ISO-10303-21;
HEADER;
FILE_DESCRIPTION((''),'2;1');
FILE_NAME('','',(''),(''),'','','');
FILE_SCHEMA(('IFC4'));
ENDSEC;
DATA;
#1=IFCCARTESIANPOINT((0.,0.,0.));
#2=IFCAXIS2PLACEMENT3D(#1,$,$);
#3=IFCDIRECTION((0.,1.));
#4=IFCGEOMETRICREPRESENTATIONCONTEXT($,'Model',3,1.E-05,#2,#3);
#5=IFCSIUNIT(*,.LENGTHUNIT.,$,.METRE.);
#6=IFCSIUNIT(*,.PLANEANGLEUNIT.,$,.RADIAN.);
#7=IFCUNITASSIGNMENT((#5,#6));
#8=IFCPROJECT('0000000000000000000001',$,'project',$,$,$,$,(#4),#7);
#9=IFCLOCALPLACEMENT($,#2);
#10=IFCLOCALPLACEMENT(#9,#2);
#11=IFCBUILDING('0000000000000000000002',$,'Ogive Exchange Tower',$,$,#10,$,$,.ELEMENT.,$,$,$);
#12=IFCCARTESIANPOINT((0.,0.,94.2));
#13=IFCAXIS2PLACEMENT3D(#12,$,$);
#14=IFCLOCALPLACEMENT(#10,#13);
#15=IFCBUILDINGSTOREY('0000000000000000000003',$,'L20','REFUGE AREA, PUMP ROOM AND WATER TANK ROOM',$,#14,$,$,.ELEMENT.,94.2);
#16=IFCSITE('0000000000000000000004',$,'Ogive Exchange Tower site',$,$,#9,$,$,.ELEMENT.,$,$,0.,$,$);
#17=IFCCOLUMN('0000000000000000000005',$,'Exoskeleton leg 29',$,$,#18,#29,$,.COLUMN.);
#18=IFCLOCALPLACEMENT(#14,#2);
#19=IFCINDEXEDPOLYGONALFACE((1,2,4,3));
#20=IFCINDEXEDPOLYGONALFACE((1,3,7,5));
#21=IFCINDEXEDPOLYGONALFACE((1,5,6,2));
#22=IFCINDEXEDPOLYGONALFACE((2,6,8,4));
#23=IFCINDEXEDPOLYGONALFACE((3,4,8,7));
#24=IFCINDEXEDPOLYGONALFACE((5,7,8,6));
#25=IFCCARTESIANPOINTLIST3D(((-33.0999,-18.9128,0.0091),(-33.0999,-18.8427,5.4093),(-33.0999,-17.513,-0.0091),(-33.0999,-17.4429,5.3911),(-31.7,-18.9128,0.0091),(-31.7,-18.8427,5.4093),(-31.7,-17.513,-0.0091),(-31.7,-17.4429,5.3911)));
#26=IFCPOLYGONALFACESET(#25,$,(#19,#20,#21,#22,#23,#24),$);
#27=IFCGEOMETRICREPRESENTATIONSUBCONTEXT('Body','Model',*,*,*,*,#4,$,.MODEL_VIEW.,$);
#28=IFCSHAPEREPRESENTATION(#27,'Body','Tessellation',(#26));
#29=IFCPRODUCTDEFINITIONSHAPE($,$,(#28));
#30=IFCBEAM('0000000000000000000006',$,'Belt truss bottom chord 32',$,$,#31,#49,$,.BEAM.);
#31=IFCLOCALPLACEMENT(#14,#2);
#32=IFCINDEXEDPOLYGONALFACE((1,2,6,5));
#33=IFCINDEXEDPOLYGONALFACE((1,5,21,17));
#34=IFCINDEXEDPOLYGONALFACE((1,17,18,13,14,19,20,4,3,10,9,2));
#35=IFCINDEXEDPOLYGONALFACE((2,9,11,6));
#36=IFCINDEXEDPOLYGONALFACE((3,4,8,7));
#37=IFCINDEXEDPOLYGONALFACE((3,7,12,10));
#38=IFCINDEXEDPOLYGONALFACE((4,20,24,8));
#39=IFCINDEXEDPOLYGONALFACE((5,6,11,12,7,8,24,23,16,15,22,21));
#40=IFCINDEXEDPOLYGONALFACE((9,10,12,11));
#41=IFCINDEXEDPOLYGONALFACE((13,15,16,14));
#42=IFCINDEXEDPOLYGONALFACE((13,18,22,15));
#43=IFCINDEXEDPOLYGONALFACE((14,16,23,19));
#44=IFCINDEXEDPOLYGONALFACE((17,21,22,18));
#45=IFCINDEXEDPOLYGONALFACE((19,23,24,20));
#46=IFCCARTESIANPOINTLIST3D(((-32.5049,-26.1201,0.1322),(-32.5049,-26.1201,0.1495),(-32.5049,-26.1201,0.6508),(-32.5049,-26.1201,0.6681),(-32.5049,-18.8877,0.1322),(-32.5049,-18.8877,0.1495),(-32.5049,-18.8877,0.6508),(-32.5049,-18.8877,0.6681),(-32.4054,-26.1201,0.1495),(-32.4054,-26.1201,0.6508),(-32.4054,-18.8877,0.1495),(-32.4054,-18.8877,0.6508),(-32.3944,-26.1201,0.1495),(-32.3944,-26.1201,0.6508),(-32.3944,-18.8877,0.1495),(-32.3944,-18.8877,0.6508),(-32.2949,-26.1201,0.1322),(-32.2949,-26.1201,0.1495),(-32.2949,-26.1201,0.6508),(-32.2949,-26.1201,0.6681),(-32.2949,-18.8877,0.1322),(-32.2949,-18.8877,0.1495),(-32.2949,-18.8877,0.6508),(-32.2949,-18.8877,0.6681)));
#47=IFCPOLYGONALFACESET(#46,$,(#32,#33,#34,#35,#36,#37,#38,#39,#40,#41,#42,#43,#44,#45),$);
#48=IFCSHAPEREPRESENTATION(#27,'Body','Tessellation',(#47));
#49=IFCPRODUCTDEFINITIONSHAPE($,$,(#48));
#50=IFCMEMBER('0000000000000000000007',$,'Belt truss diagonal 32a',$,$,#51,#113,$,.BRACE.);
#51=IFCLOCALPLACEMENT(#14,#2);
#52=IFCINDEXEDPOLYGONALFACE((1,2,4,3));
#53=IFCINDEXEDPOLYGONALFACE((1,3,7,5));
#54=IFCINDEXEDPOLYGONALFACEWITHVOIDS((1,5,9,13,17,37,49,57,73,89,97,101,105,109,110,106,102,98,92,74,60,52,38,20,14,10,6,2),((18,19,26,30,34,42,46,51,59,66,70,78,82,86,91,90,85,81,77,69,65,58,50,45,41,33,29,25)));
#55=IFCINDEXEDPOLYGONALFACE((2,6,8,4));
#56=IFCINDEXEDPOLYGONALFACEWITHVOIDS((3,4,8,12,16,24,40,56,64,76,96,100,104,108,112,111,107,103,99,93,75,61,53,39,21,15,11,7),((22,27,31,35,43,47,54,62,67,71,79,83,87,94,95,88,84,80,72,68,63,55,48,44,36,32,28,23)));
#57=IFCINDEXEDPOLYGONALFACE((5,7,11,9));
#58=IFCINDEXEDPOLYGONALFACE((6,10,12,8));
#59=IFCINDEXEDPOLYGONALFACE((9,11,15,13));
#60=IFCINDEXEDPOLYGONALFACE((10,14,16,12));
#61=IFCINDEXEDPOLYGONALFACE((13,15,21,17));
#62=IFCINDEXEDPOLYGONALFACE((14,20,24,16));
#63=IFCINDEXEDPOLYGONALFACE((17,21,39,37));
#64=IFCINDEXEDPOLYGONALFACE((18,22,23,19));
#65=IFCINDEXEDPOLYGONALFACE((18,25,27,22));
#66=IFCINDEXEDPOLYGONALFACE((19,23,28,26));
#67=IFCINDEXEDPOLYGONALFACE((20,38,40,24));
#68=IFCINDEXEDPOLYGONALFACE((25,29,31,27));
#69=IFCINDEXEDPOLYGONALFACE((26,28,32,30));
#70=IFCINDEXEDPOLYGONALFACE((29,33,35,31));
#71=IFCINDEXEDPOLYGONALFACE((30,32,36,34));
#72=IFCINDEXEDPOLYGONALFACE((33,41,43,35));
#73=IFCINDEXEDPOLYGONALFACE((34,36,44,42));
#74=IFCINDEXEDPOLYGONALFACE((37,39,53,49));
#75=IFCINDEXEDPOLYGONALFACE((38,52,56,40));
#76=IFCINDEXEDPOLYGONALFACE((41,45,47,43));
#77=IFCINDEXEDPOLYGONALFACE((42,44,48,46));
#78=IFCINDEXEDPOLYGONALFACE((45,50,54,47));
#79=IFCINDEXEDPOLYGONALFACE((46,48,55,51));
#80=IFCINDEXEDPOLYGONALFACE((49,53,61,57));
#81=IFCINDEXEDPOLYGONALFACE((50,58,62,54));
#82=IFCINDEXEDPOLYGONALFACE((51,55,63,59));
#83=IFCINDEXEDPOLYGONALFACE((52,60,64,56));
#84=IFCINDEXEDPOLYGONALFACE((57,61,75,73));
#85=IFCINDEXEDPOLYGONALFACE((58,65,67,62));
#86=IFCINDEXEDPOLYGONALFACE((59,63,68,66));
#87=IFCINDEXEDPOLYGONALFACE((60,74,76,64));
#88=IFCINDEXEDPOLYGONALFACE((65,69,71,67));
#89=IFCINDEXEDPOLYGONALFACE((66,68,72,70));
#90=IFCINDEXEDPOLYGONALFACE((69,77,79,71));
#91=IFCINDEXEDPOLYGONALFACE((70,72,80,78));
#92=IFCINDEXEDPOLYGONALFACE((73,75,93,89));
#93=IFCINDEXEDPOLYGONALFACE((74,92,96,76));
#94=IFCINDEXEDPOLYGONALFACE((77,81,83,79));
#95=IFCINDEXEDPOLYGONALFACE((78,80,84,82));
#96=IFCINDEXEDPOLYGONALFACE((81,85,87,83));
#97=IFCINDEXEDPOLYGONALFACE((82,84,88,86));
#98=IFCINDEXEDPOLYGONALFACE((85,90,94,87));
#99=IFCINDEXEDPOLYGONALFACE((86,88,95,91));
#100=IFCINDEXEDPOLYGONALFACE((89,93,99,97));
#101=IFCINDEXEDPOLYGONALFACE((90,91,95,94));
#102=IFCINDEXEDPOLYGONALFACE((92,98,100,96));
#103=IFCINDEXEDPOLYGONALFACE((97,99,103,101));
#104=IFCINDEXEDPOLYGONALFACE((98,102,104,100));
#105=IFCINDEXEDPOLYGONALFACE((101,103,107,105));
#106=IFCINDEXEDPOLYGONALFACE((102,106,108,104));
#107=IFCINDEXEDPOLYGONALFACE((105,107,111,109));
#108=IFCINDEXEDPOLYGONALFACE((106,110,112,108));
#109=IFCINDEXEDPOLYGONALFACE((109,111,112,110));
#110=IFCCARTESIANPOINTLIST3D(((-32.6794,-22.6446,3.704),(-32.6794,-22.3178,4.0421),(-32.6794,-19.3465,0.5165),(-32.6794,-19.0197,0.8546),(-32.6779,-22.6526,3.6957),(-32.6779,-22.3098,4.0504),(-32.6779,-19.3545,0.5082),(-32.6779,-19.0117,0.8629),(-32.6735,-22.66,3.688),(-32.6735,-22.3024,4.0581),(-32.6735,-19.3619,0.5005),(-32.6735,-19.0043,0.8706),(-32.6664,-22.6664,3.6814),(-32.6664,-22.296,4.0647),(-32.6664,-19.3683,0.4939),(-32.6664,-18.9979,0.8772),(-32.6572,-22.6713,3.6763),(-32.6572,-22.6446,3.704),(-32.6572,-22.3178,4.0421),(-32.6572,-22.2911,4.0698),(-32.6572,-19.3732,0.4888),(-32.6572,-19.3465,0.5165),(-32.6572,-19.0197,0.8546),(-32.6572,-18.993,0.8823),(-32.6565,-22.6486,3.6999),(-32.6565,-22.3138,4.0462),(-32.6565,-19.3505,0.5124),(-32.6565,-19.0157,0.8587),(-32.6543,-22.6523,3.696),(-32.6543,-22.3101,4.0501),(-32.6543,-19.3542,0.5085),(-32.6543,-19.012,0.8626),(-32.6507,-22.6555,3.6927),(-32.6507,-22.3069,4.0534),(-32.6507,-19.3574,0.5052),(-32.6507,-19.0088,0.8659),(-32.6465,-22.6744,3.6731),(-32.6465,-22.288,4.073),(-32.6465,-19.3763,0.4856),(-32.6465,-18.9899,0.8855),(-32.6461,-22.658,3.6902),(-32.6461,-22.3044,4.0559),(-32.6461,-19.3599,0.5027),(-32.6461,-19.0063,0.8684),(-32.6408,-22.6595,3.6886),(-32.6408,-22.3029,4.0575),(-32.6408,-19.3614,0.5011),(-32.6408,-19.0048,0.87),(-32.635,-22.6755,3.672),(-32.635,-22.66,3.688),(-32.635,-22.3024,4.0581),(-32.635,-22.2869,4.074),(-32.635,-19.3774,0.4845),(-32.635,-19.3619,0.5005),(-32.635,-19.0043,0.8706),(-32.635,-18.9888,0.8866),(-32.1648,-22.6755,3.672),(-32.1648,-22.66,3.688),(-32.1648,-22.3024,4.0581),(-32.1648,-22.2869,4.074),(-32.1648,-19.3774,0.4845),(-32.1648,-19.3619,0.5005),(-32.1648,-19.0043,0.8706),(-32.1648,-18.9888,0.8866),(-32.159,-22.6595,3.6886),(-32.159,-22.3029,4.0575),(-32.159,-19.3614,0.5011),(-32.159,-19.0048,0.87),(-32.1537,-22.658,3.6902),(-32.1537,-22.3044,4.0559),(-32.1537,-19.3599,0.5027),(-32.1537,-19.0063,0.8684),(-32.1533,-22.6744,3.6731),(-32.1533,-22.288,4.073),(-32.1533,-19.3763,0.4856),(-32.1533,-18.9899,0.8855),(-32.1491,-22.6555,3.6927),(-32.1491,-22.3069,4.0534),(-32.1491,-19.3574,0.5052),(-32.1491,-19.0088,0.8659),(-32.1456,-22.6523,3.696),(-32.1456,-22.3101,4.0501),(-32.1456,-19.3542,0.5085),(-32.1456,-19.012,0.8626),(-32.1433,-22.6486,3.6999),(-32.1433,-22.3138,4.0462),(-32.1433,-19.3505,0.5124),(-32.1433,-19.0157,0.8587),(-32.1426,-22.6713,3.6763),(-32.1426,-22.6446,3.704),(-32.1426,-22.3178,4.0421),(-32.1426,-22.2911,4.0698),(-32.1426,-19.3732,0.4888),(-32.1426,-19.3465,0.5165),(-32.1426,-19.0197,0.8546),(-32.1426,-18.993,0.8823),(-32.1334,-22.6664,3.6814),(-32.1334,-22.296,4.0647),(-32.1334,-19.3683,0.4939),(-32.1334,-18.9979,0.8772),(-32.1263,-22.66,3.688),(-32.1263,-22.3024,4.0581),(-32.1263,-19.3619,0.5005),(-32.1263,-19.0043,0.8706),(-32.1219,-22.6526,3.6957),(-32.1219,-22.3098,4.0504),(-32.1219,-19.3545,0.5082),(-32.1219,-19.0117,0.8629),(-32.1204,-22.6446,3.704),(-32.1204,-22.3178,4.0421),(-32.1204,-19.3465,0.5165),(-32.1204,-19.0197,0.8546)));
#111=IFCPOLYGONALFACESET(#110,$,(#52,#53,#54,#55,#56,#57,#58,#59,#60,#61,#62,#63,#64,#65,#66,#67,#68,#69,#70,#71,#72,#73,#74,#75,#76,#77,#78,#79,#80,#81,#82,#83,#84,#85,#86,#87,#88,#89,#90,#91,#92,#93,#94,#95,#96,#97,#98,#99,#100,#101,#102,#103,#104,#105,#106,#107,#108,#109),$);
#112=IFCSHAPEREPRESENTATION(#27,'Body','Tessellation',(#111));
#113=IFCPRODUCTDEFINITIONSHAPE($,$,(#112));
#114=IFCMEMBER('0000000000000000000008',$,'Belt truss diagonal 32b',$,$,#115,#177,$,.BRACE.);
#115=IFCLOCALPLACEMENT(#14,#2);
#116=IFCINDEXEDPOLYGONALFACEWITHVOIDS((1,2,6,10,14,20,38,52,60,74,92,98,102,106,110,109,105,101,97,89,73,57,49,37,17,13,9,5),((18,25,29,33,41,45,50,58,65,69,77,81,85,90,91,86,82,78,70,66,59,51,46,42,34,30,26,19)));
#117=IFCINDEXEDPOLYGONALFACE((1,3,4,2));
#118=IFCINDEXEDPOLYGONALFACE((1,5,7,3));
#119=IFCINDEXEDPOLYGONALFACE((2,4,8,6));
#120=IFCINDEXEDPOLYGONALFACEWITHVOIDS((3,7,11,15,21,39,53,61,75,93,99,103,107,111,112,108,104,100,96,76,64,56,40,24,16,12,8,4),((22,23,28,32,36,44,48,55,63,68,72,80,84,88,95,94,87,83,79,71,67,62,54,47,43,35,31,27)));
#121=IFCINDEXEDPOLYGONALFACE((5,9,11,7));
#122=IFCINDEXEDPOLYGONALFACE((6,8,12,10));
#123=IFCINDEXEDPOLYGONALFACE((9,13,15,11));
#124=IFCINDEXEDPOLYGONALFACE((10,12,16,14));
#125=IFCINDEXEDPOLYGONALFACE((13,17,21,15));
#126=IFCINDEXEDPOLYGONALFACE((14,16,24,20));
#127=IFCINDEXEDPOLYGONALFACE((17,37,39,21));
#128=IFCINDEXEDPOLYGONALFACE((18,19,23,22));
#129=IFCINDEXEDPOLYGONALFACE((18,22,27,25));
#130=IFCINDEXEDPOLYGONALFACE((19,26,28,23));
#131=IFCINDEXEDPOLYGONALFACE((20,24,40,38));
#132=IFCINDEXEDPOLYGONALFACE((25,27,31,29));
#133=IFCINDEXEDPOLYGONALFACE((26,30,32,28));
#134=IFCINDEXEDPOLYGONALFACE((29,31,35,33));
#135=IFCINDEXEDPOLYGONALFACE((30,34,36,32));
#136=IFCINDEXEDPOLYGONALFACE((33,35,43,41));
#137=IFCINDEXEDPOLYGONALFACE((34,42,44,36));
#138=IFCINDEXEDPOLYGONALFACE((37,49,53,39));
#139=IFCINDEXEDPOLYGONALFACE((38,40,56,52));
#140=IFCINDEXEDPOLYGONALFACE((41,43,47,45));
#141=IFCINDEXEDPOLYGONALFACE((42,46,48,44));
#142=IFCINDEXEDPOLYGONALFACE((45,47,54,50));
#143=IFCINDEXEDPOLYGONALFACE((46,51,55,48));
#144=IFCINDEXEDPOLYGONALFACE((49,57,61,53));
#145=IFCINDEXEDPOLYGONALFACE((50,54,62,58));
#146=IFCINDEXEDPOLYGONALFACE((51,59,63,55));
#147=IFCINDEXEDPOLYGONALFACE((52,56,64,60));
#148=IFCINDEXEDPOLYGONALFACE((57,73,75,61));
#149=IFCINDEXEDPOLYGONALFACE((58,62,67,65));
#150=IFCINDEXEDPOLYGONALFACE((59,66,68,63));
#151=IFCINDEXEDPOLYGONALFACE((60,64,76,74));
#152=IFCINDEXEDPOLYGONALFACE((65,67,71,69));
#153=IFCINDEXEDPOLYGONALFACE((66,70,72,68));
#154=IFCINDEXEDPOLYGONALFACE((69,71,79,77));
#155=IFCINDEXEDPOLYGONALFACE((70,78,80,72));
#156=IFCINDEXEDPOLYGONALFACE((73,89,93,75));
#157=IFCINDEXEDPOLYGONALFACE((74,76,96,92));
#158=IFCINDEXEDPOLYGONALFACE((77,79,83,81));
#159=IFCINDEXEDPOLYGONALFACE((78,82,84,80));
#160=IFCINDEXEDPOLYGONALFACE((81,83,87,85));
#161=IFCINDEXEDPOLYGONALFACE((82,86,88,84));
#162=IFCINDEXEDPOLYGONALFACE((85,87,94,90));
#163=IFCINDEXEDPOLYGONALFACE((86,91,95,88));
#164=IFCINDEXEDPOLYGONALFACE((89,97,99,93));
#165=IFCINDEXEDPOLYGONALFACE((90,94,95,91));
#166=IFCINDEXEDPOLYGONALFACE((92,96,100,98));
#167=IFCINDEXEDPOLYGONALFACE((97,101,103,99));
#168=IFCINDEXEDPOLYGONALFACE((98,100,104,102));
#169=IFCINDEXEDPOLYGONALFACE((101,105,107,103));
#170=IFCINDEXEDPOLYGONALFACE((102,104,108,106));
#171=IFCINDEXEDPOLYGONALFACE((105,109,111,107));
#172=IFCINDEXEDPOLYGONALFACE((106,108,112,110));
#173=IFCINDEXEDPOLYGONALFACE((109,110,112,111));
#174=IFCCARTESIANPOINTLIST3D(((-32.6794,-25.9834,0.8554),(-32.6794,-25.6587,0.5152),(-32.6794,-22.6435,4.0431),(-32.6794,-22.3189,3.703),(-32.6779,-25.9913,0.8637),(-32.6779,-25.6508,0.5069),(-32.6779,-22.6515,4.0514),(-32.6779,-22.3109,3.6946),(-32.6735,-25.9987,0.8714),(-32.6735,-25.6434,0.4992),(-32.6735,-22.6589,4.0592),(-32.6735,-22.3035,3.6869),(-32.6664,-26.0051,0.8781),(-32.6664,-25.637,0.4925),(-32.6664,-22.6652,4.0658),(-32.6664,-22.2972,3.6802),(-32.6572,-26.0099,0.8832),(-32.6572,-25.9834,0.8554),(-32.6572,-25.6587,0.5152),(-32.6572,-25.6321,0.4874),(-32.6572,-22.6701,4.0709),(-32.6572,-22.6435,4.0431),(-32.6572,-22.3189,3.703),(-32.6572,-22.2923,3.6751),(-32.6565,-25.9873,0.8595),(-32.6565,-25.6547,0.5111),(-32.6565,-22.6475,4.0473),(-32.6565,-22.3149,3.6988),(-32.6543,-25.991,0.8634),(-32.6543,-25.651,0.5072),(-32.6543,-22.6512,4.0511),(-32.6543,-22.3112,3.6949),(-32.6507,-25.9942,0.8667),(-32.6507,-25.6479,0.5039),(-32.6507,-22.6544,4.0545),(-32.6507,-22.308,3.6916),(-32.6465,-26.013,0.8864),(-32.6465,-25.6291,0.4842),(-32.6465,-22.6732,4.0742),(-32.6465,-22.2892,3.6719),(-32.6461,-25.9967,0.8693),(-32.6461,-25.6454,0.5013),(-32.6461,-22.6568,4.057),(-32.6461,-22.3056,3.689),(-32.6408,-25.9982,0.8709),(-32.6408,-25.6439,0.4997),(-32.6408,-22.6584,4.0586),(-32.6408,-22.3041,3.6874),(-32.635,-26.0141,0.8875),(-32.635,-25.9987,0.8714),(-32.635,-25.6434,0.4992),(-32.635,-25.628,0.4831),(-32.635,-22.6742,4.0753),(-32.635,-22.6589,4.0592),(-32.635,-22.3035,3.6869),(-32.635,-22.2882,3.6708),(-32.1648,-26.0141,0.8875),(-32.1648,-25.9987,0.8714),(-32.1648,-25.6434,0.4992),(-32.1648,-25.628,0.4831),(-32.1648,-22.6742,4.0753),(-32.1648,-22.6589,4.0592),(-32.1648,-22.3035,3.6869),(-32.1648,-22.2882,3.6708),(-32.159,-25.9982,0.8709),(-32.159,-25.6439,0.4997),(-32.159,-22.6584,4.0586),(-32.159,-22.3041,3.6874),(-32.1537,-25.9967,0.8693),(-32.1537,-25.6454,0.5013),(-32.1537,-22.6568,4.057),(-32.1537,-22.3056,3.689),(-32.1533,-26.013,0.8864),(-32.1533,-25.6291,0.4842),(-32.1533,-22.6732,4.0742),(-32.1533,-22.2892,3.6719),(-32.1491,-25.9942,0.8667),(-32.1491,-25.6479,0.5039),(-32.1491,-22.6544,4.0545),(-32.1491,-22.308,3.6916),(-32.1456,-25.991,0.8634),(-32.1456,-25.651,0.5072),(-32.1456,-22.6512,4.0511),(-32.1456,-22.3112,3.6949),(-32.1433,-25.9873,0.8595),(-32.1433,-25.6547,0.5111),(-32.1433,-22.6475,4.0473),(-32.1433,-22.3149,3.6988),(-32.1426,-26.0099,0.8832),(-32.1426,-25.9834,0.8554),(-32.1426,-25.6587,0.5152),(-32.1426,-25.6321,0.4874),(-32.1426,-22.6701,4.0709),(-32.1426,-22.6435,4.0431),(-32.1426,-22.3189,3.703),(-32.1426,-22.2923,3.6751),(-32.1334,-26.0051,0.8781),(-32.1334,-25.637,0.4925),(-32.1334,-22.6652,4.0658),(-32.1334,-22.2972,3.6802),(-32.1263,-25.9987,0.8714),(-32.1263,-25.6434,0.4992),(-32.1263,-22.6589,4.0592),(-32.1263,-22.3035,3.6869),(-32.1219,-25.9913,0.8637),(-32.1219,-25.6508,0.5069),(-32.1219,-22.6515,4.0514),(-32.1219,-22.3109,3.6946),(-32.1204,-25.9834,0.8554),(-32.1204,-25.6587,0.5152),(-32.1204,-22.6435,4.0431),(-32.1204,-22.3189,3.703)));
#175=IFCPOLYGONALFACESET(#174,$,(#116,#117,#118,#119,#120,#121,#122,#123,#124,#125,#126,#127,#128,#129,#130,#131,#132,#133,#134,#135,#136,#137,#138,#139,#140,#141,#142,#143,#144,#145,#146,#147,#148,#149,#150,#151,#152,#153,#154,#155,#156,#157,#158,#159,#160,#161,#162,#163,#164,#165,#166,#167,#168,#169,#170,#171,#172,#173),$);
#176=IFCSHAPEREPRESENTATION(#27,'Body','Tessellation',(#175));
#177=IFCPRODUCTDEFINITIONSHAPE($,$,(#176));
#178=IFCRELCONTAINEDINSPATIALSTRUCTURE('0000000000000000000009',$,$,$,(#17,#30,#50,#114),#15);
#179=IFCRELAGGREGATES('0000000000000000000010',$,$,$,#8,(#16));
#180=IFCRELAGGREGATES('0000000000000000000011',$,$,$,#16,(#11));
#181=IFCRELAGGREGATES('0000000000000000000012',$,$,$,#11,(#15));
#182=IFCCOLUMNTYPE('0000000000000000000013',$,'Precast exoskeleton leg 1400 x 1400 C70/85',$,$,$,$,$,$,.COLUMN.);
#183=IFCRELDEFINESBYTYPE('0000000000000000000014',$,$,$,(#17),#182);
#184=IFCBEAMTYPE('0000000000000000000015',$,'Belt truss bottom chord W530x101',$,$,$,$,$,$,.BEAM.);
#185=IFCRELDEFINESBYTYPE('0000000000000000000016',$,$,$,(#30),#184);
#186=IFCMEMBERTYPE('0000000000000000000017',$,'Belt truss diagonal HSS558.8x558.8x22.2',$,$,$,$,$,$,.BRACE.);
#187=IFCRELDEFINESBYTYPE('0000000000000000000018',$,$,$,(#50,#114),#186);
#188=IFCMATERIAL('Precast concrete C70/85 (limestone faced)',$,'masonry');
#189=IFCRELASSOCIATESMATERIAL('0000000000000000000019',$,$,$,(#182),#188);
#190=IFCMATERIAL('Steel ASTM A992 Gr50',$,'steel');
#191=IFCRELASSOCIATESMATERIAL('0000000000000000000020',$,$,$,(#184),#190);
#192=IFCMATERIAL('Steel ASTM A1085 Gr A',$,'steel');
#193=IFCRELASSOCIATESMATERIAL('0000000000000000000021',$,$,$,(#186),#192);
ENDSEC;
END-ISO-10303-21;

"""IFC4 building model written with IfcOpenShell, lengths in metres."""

from ifc_helpers import new_model, si_unit, direction, frame, origin, origin_2d, place, context, subcontext, project, spatial, rectangle, hollow_rectangle, i_section, extrude, material, material_profile, profile_set, type_object, element, save


model = new_model("IFC4")

# Units and contexts
model_context = context("Model", 3, precision=1e-05, world=origin(), true_north=direction((0.0, 1.0)))
body_context = subcontext(model_context, "Body", "Model", "MODEL_VIEW")
ifc_project = project(units=[si_unit("LENGTHUNIT", "METRE"), si_unit("PLANEANGLEUNIT", "RADIAN")], contexts=[model_context])

# Site, building, storey
site_placement = place(None, origin())
site = spatial("IfcSite", under=ifc_project, at=site_placement, Name="Ogive Exchange Tower site", CompositionType="ELEMENT", RefElevation=0.0)
building_placement = place(site_placement, origin())
building = spatial("IfcBuilding", under=site, at=building_placement, Name="Ogive Exchange Tower", CompositionType="ELEMENT")
storey_placement = place(building_placement, frame((0.0, 0.0, 94.2)))
storey = spatial("IfcBuildingStorey", under=building, at=storey_placement, Name="L20", Description="REFUGE AREA, PUMP ROOM AND WATER TANK ROOM", CompositionType="ELEMENT", Elevation=94.2)

# Column
ifc_material_1 = material(Name="Precast concrete C70/85 (limestone faced)", Category="masonry")
ifc_material_profile_1 = material_profile(ifc_material_1, rectangle(XDim=1.3999, YDim=1.3999, at=origin_2d()), Name="1400 x 1400")
ifc_profile_set_1 = profile_set([ifc_material_profile_1], Name="Precast concrete C70/85 (limestone faced)")
column_type = type_object("IfcColumnType", Name="Precast exoskeleton leg 1400 x 1400 C70/85", PredefinedType="COLUMN", material=ifc_profile_set_1)
column_placement = place(storey_placement, frame((-32.3999, -18.2129, 0.0), z_axis=(0.0, 0.012974, 0.999916), x_axis=(-1.0, 0.0, 0.0)))
element("IfcColumn", 1, at=column_placement, inside=storey, type_object=column_type, Name="Exoskeleton leg 29", PredefinedType="COLUMN", context=body_context, shape_type="SweptSolid", body=[
    extrude(rectangle(XDim=1.3999, YDim=1.3999, at=origin_2d()), origin(), (0.0, 0.0, 1.0), 5.4006),
])

# Beam
ifc_material_2 = material(Name="Steel ASTM A992 Gr50", Category="steel")
ifc_material_profile_2 = material_profile(ifc_material_2, i_section(OverallWidth=0.21, OverallDepth=0.5359, WebThickness=0.011, FlangeThickness=0.0173, at=origin_2d()), Name="W530x101")
ifc_profile_set_2 = profile_set([ifc_material_profile_2], Name="Steel ASTM A992 Gr50")
beam_type_1 = type_object("IfcBeamType", Name="Belt truss bottom chord W530x101", PredefinedType="BEAM", material=ifc_profile_set_2)
beam_1_placement = place(storey_placement, frame((-32.3999, -18.8877, 0.4001), z_axis=(0.0, -1.0, 0.0), x_axis=(1.0, 0.0, 0.0)))
element("IfcBeam", 2, at=beam_1_placement, inside=storey, type_object=beam_type_1, Name="Belt truss bottom chord 32", PredefinedType="BEAM", context=body_context, shape_type="SweptSolid", body=[
    extrude(i_section(OverallWidth=0.21, OverallDepth=0.5359, WebThickness=0.011, FlangeThickness=0.0173, at=origin_2d()), origin(), (0.0, 0.0, 1.0), 7.2324),
])

# Members
ifc_material_3 = material(Name="Steel ASTM A1085 Gr A", Category="steel")
ifc_material_profile_3 = material_profile(ifc_material_3, hollow_rectangle(XDim=0.5591, YDim=0.5591, WallThickness=0.0222, InnerFilletRadius=0.0222, OuterFilletRadius=0.0444, at=origin_2d()), Name="HSS558.8x558.8x22.2")
ifc_profile_set_3 = profile_set([ifc_material_profile_3], Name="Steel ASTM A1085 Gr A")
member_type_1 = type_object("IfcMemberType", Name="Belt truss diagonal HSS558.8x558.8x22.2", PredefinedType="BRACE", material=ifc_profile_set_3)
member_1_placement = place(storey_placement, frame((-32.3999, -19.1831, 0.6855), z_axis=(0.0, -0.71906, 0.694948), x_axis=(1.0, 0.0, 0.0)))
element("IfcMember", 3, at=member_1_placement, inside=storey, type_object=member_type_1, Name="Belt truss diagonal 32a", PredefinedType="BRACE", context=body_context, shape_type="SweptSolid", body=[
    extrude(hollow_rectangle(XDim=0.5591, YDim=0.5591, WallThickness=0.0222, InnerFilletRadius=0.0222, OuterFilletRadius=0.0444, at=origin_2d()), origin(), (0.0, 0.0, 1.0), 4.5867),
])
member_2_placement = place(storey_placement, frame((-32.3999, -25.821, 0.6853), z_axis=(0.0, 0.723387, 0.690443), x_axis=(-1.0, 0.0, 0.0)))
element("IfcMember", 4, at=member_2_placement, inside=storey, type_object=member_type_1, Name="Belt truss diagonal 32b", PredefinedType="BRACE", context=body_context, shape_type="SweptSolid", body=[
    extrude(hollow_rectangle(XDim=0.5591, YDim=0.5591, WallThickness=0.0222, InnerFilletRadius=0.0222, OuterFilletRadius=0.0444, at=origin_2d()), origin(), (0.0, 0.0, 1.0), 4.6169),
])

save(model, "model.ifc")
